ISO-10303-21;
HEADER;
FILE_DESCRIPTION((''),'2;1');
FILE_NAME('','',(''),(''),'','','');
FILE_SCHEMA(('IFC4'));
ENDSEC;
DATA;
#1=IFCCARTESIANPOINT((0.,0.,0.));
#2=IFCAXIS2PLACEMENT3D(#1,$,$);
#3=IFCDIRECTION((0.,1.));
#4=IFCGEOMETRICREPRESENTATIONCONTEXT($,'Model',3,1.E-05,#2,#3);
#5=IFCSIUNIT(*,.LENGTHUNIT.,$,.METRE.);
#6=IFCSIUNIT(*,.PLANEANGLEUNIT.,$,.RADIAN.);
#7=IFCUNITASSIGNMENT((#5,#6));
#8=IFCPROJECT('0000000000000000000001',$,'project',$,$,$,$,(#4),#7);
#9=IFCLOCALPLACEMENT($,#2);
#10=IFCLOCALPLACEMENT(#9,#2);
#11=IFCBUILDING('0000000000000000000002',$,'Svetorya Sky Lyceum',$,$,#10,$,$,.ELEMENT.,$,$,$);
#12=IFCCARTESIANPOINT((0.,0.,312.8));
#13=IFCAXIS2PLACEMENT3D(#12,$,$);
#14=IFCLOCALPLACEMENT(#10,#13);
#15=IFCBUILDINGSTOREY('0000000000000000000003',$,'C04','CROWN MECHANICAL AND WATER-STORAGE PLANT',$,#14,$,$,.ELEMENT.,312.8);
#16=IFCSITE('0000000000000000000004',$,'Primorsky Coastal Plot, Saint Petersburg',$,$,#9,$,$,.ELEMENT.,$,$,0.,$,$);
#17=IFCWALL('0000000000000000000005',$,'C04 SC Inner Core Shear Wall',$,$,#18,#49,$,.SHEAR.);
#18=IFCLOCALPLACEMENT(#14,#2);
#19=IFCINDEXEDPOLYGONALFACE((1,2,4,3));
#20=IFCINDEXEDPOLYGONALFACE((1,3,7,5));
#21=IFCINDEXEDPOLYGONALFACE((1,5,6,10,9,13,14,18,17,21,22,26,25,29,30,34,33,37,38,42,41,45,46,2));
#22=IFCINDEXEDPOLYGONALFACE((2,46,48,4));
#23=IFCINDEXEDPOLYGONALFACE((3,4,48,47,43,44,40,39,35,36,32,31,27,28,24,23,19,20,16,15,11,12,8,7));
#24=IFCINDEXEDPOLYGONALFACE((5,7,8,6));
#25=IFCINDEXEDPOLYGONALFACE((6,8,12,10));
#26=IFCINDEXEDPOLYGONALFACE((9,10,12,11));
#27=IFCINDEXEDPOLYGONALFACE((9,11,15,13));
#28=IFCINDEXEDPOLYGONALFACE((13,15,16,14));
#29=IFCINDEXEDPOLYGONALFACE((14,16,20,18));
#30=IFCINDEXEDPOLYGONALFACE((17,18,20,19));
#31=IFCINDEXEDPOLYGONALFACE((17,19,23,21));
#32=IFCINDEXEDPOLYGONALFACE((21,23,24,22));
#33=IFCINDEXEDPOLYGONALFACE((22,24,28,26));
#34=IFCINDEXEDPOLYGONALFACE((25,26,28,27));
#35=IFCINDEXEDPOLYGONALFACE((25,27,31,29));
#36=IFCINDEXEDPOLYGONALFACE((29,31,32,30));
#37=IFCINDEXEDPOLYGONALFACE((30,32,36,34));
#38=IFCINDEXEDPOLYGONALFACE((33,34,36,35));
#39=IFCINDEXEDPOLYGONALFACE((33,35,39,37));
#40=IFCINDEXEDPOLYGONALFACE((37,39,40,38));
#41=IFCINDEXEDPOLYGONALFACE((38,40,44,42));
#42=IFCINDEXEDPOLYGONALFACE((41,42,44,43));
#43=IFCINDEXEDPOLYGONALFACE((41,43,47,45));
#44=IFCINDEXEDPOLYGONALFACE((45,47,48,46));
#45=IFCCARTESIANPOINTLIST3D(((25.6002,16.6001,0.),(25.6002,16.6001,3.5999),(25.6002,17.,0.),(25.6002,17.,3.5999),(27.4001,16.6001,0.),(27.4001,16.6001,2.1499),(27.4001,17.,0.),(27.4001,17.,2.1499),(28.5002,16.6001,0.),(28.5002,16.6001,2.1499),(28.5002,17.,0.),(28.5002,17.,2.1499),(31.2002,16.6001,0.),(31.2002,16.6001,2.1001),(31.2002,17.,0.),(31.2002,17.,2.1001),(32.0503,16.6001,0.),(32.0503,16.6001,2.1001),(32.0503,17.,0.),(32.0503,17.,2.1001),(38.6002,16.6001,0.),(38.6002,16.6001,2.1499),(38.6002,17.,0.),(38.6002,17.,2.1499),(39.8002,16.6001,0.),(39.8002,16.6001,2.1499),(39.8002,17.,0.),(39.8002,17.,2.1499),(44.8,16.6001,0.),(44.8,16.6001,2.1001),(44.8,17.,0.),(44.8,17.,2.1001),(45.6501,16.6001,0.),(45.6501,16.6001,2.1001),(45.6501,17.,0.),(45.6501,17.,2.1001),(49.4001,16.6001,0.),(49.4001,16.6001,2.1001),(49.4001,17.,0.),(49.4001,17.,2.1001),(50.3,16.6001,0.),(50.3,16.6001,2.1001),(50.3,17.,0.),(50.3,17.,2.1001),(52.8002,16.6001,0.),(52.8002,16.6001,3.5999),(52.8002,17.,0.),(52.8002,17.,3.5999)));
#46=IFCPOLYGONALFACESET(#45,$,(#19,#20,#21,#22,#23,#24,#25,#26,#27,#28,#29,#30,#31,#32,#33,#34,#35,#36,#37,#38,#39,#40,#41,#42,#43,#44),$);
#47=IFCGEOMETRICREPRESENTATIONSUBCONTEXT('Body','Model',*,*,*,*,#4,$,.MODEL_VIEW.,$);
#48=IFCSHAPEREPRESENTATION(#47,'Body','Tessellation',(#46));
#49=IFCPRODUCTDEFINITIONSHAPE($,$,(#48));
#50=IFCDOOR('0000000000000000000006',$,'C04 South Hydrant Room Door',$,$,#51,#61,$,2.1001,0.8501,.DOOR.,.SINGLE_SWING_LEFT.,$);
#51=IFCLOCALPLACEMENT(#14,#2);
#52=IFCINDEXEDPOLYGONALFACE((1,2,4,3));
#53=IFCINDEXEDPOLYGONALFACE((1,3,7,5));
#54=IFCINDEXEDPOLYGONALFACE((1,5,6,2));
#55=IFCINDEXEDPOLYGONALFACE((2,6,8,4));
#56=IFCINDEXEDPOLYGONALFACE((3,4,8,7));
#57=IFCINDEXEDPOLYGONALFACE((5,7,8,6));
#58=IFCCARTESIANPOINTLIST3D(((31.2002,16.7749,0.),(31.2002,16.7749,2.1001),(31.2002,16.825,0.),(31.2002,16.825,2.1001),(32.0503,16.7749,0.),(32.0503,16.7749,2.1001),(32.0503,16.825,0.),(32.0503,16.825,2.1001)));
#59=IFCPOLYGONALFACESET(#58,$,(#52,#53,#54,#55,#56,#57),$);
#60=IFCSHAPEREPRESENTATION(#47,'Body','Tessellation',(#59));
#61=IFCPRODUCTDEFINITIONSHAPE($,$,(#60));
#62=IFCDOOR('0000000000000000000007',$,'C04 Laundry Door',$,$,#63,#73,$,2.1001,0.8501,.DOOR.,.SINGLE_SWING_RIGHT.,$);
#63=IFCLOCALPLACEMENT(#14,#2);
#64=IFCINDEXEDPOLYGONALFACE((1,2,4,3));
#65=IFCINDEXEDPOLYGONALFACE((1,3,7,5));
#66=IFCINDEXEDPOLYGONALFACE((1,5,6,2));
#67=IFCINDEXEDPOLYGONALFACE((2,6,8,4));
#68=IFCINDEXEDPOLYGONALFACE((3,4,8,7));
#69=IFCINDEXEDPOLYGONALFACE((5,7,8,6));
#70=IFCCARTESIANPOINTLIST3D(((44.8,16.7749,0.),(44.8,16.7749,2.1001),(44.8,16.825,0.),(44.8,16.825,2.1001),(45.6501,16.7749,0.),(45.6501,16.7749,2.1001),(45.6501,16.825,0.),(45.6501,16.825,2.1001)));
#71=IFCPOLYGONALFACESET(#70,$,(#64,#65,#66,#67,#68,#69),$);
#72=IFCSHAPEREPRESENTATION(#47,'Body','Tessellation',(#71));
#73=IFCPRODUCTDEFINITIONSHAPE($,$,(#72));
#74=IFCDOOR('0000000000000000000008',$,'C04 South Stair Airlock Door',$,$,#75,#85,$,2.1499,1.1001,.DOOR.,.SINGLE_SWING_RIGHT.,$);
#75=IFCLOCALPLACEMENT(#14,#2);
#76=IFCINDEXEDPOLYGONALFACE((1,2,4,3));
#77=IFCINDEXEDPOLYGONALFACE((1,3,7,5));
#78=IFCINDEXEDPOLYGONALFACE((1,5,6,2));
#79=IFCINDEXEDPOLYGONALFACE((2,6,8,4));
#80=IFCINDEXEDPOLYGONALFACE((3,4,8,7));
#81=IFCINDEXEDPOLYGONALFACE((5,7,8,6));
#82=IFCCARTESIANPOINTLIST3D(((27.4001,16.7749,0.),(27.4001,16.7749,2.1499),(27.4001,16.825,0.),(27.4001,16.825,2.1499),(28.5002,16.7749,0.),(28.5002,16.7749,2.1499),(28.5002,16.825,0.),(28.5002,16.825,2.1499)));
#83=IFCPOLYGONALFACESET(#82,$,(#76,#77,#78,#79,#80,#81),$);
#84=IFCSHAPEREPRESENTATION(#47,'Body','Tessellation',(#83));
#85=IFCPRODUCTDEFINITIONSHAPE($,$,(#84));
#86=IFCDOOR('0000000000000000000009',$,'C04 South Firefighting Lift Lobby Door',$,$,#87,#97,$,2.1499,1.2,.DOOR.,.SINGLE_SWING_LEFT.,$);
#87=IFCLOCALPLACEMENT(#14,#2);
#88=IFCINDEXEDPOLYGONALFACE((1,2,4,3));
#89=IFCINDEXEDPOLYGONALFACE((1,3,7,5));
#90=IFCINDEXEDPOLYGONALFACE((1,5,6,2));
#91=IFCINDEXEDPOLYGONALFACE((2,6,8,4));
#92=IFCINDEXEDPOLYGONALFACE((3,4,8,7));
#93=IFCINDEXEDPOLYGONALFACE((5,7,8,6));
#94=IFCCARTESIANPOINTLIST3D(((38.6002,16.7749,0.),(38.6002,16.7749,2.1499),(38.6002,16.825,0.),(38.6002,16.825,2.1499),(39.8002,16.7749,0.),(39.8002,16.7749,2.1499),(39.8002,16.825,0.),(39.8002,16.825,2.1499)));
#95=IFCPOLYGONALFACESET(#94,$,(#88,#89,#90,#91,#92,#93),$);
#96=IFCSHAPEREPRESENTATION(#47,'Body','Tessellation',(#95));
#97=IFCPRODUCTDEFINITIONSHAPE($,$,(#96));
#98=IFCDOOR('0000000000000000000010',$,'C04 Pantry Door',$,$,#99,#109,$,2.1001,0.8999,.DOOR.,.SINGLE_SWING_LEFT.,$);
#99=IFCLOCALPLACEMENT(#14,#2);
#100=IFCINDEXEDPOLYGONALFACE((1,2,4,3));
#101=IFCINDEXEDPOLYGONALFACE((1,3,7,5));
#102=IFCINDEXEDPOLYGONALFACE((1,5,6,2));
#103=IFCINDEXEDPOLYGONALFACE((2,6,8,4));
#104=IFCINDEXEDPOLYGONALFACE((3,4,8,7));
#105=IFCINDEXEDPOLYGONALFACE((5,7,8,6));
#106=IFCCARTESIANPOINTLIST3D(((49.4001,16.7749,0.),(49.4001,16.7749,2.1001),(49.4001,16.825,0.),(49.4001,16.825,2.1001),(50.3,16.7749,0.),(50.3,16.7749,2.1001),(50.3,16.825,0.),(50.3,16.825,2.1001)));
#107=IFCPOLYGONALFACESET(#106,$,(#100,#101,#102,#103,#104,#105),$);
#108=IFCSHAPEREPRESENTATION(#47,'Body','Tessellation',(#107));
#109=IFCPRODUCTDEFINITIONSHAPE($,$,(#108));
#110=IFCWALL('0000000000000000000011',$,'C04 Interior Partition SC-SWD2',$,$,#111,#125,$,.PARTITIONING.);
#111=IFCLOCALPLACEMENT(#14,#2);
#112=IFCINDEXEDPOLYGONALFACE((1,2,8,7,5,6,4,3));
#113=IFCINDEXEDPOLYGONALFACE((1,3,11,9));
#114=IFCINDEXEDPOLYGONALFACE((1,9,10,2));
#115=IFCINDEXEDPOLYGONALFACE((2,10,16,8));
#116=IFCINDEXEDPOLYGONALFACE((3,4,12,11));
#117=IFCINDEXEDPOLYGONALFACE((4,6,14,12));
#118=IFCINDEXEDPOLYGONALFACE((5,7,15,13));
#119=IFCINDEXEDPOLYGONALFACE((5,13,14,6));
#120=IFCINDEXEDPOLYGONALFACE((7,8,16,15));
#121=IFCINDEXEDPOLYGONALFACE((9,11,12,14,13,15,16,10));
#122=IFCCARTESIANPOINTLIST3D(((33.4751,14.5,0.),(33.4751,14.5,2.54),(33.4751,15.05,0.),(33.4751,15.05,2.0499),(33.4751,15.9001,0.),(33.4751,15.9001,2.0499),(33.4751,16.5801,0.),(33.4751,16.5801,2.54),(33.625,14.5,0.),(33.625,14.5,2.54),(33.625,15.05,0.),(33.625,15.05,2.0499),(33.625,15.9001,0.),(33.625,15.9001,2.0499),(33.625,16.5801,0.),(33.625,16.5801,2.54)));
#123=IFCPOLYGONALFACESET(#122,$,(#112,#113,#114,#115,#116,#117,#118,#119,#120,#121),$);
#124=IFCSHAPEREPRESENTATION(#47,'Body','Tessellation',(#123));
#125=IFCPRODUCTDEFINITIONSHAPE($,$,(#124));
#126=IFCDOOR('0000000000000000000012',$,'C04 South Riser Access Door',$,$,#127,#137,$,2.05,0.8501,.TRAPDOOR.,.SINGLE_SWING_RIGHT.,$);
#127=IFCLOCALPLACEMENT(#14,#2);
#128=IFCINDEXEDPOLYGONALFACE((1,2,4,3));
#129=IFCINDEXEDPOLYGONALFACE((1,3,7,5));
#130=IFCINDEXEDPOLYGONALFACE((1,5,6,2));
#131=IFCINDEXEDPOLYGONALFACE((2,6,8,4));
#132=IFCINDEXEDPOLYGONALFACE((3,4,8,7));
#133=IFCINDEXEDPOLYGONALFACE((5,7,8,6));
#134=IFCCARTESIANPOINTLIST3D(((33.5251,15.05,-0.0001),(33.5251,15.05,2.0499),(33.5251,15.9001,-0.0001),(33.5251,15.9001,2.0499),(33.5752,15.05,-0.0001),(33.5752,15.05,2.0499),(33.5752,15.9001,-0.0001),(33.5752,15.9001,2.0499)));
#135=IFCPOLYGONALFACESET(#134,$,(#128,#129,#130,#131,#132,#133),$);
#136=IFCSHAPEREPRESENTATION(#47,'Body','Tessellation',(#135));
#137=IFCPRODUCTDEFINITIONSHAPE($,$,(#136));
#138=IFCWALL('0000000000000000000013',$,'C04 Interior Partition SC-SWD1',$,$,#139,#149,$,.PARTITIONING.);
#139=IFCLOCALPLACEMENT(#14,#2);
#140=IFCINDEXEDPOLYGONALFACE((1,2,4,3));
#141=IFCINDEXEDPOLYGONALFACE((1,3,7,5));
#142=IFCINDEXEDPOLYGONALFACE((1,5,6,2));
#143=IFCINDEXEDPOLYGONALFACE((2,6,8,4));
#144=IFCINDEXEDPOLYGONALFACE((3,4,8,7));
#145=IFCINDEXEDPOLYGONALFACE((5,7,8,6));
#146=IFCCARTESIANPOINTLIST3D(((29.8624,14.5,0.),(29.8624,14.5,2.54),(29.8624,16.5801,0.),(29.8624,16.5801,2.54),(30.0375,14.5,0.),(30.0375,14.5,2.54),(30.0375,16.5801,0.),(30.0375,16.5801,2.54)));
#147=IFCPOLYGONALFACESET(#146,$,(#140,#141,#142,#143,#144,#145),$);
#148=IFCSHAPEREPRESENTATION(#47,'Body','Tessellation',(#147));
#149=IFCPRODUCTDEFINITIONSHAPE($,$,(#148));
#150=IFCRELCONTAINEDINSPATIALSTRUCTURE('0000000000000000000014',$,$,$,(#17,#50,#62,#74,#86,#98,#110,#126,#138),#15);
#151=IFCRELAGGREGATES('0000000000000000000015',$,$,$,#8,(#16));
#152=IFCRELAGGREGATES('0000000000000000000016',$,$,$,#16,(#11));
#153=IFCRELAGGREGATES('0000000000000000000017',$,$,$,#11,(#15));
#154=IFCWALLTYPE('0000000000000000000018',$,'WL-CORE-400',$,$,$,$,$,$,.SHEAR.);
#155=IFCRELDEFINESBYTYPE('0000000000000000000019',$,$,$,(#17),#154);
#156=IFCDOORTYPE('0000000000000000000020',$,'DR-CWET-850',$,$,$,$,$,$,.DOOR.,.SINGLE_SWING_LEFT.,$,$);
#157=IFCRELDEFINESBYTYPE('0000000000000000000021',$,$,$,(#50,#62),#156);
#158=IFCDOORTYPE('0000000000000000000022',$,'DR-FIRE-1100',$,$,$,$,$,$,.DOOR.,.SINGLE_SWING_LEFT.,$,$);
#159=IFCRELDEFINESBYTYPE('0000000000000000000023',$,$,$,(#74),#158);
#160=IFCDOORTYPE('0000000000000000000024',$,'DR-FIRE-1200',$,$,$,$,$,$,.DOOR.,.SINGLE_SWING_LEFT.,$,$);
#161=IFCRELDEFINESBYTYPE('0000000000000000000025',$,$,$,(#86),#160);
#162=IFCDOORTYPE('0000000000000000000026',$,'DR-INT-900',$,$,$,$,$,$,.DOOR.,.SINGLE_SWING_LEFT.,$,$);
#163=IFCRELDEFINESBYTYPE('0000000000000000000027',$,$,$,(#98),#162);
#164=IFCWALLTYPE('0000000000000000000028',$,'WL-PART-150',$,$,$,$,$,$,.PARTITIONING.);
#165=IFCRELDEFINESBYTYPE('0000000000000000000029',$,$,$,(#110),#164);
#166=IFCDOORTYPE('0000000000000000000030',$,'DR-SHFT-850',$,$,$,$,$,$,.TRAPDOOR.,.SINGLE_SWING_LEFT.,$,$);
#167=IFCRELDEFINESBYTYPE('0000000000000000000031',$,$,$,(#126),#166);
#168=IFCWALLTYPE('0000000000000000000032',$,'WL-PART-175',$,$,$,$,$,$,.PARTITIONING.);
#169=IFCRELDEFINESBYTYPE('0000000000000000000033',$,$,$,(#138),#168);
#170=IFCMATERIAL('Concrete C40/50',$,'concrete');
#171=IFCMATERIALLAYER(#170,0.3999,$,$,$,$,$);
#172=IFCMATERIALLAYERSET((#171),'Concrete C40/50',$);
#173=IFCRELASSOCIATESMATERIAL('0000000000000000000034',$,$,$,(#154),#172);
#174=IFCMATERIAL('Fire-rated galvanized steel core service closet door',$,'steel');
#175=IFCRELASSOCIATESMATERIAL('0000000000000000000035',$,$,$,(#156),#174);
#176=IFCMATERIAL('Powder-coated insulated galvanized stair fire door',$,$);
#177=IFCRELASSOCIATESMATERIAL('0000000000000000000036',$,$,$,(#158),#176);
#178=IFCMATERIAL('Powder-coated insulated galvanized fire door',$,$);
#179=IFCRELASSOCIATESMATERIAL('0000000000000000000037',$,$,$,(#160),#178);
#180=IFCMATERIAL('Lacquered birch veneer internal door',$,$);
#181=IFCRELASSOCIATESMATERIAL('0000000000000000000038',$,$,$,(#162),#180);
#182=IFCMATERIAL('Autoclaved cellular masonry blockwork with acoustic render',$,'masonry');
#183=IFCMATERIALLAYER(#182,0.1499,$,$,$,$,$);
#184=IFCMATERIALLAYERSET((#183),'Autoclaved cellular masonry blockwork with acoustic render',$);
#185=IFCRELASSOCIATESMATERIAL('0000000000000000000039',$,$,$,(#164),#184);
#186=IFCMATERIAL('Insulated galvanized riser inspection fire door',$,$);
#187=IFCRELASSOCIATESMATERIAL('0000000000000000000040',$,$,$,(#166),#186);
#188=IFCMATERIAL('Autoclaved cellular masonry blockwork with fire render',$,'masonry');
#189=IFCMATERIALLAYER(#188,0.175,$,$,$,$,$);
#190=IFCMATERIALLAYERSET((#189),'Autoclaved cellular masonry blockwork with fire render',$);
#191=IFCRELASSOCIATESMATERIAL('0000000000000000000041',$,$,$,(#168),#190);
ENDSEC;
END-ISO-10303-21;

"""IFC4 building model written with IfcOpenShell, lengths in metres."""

from ifc_helpers import new_model, si_unit, direction, frame, frame_2d, origin, place, context, subcontext, project, spatial, rectangle, extrude, material, layer, layer_set, type_object, element, fill, save


model = new_model("IFC4")

# Units and contexts
model_context = context("Model", 3, precision=1e-05, world=origin(), true_north=direction((0.0, 1.0)))
body_context = subcontext(model_context, "Body", "Model", "MODEL_VIEW")
ifc_project = project(units=[si_unit("LENGTHUNIT", "METRE"), si_unit("PLANEANGLEUNIT", "RADIAN")], contexts=[model_context])

# Site, building, storey
site_placement = place(None, origin())
site = spatial("IfcSite", under=ifc_project, at=site_placement, Name="Primorsky Coastal Plot, Saint Petersburg", CompositionType="ELEMENT", RefElevation=0.0)
building_placement = place(site_placement, origin())
building = spatial("IfcBuilding", under=site, at=building_placement, Name="Svetorya Sky Lyceum", CompositionType="ELEMENT")
storey_placement = place(building_placement, frame((0.0, 0.0, 312.8)))
storey = spatial("IfcBuildingStorey", under=building, at=storey_placement, Name="C04", Description="CROWN MECHANICAL AND WATER-STORAGE PLANT", CompositionType="ELEMENT", Elevation=312.8)

# Shared definitions
ifc_material_1 = material(Name="Concrete C40/50", Category="concrete")

# Wall, openings, doors
ifc_layer_1 = layer(ifc_material_1, 0.3999)
ifc_layer_set_1 = layer_set([ifc_layer_1], Name="Concrete C40/50")
wall_type_1 = type_object("IfcWallType", Name="WL-CORE-400", PredefinedType="SHEAR", material=ifc_layer_set_1)
wall_1_placement = place(storey_placement, frame((25.6001, 16.8, 0.0), z_axis=(0.0, 0.0, 1.0), x_axis=(1.0, 0.0, 0.0)))
wall_1 = element("IfcWall", 1, at=wall_1_placement, inside=storey, type_object=wall_type_1, Name="C04 SC Inner Core Shear Wall", PredefinedType="SHEAR", context=body_context, shape_type="SweptSolid", body=[
    extrude(rectangle(XDim=27.2, YDim=0.3999, at=frame_2d((13.6001, 0.0))), origin(), (0.0, 0.0, 1.0), 3.5999),
])
opening_1_placement = place(wall_1_placement, frame((1.8, 0.0, 0.0)))
opening_1 = element("IfcOpeningElement", 2, at=opening_1_placement, cuts=wall_1, PredefinedType="OPENING", context=body_context, shape_type="SweptSolid", body=[
    extrude(rectangle(XDim=1.1001, YDim=2.1499, at=frame_2d((0.55, 1.075))), frame((0.0, 0.21, 0.0), z_axis=(0.0, -1.0, 0.0), x_axis=(1.0, 0.0, 0.0)), (0.0, 0.0, 1.0), 0.4199),
])
opening_2_placement = place(wall_1_placement, frame((5.6001, 0.0, 0.0)))
opening_2 = element("IfcOpeningElement", 3, at=opening_2_placement, cuts=wall_1, PredefinedType="OPENING", context=body_context, shape_type="SweptSolid", body=[
    extrude(rectangle(XDim=0.8501, YDim=2.1001, at=frame_2d((0.425, 1.05))), frame((0.0, 0.21, 0.0), z_axis=(0.0, -1.0, 0.0), x_axis=(1.0, 0.0, 0.0)), (0.0, 0.0, 1.0), 0.4199),
])
opening_3_placement = place(wall_1_placement, frame((13.0, 0.0, 0.0)))
opening_3 = element("IfcOpeningElement", 4, at=opening_3_placement, cuts=wall_1, PredefinedType="OPENING", context=body_context, shape_type="SweptSolid", body=[
    extrude(rectangle(XDim=1.2, YDim=2.1499, at=frame_2d((0.6001, 1.075))), frame((0.0, 0.21, 0.0), z_axis=(0.0, -1.0, 0.0), x_axis=(1.0, 0.0, 0.0)), (0.0, 0.0, 1.0), 0.4199),
])
opening_4_placement = place(wall_1_placement, frame((19.2, 0.0, 0.0)))
opening_4 = element("IfcOpeningElement", 5, at=opening_4_placement, cuts=wall_1, PredefinedType="OPENING", context=body_context, shape_type="SweptSolid", body=[
    extrude(rectangle(XDim=0.8501, YDim=2.1001, at=frame_2d((0.425, 1.05))), frame((0.0, 0.21, 0.0), z_axis=(0.0, -1.0, 0.0), x_axis=(1.0, 0.0, 0.0)), (0.0, 0.0, 1.0), 0.4199),
])
opening_5_placement = place(wall_1_placement, frame((23.8, 0.0, 0.0)))
opening_5 = element("IfcOpeningElement", 6, at=opening_5_placement, cuts=wall_1, PredefinedType="OPENING", context=body_context, shape_type="SweptSolid", body=[
    extrude(rectangle(XDim=0.8999, YDim=2.1001, at=frame_2d((0.45, 1.05))), frame((0.0, 0.21, 0.0), z_axis=(0.0, -1.0, 0.0), x_axis=(1.0, 0.0, 0.0)), (0.0, 0.0, 1.0), 0.4199),
])
ifc_material_2 = material(Name="Fire-rated galvanized steel core service closet door", Category="steel")
door_type_1 = type_object("IfcDoorType", Name="DR-CWET-850", OperationType="SINGLE_SWING_LEFT", PredefinedType="DOOR", material=ifc_material_2)
door_1_placement = place(opening_2_placement, origin())
door_1 = element("IfcDoor", 7, at=door_1_placement, inside=storey, type_object=door_type_1, Name="C04 South Hydrant Room Door", OperationType="SINGLE_SWING_LEFT", OverallHeight=2.1001, OverallWidth=0.8501, PredefinedType="DOOR", context=body_context, shape_type="SweptSolid", body=[
    extrude(rectangle(XDim=0.8501, YDim=2.1001, at=frame_2d((0.425, 1.05))), frame((0.0, 0.0249, 0.0), z_axis=(0.0, -1.0, 0.0), x_axis=(1.0, 0.0, 0.0)), (0.0, 0.0, 1.0), 0.05),
])
fill(opening_2, door_1)
door_2_placement = place(opening_4_placement, origin())
door_2 = element("IfcDoor", 8, at=door_2_placement, inside=storey, type_object=door_type_1, Name="C04 Laundry Door", OperationType="SINGLE_SWING_RIGHT", OverallHeight=2.1001, OverallWidth=0.8501, PredefinedType="DOOR", context=body_context, shape_type="SweptSolid", body=[
    extrude(rectangle(XDim=0.8501, YDim=2.1001, at=frame_2d((0.425, 1.05))), frame((0.0, 0.0249, 0.0), z_axis=(0.0, -1.0, 0.0), x_axis=(1.0, 0.0, 0.0)), (0.0, 0.0, 1.0), 0.05),
])
fill(opening_4, door_2)
ifc_material_3 = material(Name="Powder-coated insulated galvanized stair fire door")
door_type_2 = type_object("IfcDoorType", Name="DR-FIRE-1100", OperationType="SINGLE_SWING_LEFT", PredefinedType="DOOR", material=ifc_material_3)
door_3_placement = place(opening_1_placement, origin())
door_3 = element("IfcDoor", 9, at=door_3_placement, inside=storey, type_object=door_type_2, Name="C04 South Stair Airlock Door", OperationType="SINGLE_SWING_RIGHT", OverallHeight=2.1499, OverallWidth=1.1001, PredefinedType="DOOR", context=body_context, shape_type="SweptSolid", body=[
    extrude(rectangle(XDim=1.1001, YDim=2.1499, at=frame_2d((0.55, 1.075))), frame((0.0, 0.0249, 0.0), z_axis=(0.0, -1.0, 0.0), x_axis=(1.0, 0.0, 0.0)), (0.0, 0.0, 1.0), 0.05),
])
fill(opening_1, door_3)
ifc_material_4 = material(Name="Powder-coated insulated galvanized fire door")
door_type_3 = type_object("IfcDoorType", Name="DR-FIRE-1200", OperationType="SINGLE_SWING_LEFT", PredefinedType="DOOR", material=ifc_material_4)
door_4_placement = place(opening_3_placement, origin())
door_4 = element("IfcDoor", 10, at=door_4_placement, inside=storey, type_object=door_type_3, Name="C04 South Firefighting Lift Lobby Door", OperationType="SINGLE_SWING_LEFT", OverallHeight=2.1499, OverallWidth=1.2, PredefinedType="DOOR", context=body_context, shape_type="SweptSolid", body=[
    extrude(rectangle(XDim=1.2, YDim=2.1499, at=frame_2d((0.6001, 1.075))), frame((0.0, 0.0249, 0.0), z_axis=(0.0, -1.0, 0.0), x_axis=(1.0, 0.0, 0.0)), (0.0, 0.0, 1.0), 0.05),
])
fill(opening_3, door_4)
ifc_material_5 = material(Name="Lacquered birch veneer internal door")
door_type_4 = type_object("IfcDoorType", Name="DR-INT-900", OperationType="SINGLE_SWING_LEFT", PredefinedType="DOOR", material=ifc_material_5)
door_5_placement = place(opening_5_placement, origin())
door_5 = element("IfcDoor", 11, at=door_5_placement, inside=storey, type_object=door_type_4, Name="C04 Pantry Door", OperationType="SINGLE_SWING_LEFT", OverallHeight=2.1001, OverallWidth=0.8999, PredefinedType="DOOR", context=body_context, shape_type="SweptSolid", body=[
    extrude(rectangle(XDim=0.8999, YDim=2.1001, at=frame_2d((0.45, 1.05))), frame((0.0, 0.0249, 0.0), z_axis=(0.0, -1.0, 0.0), x_axis=(1.0, 0.0, 0.0)), (0.0, 0.0, 1.0), 0.05),
])
fill(opening_5, door_5)

# Wall, opening, door
ifc_material_6 = material(Name="Autoclaved cellular masonry blockwork with acoustic render", Category="masonry")
ifc_layer_2 = layer(ifc_material_6, 0.1499)
ifc_layer_set_2 = layer_set([ifc_layer_2], Name="Autoclaved cellular masonry blockwork with acoustic render")
wall_type_2 = type_object("IfcWallType", Name="WL-PART-150", PredefinedType="PARTITIONING", material=ifc_layer_set_2)
wall_2_placement = place(storey_placement, frame((33.55, 14.5, 0.0), z_axis=(0.0, 0.0, 1.0), x_axis=(0.0, 1.0, 0.0)))
wall_2 = element("IfcWall", 12, at=wall_2_placement, inside=storey, type_object=wall_type_2, Name="C04 Interior Partition SC-SWD2", PredefinedType="PARTITIONING", context=body_context, shape_type="SweptSolid", body=[
    extrude(rectangle(XDim=2.0801, YDim=0.1499, at=frame_2d((1.04, 0.0))), origin(), (0.0, 0.0, 1.0), 2.54),
])
opening_6_placement = place(wall_2_placement, frame((0.55, 0.0, 0.0)))
opening_6 = element("IfcOpeningElement", 13, at=opening_6_placement, cuts=wall_2, PredefinedType="OPENING", context=body_context, shape_type="SweptSolid", body=[
    extrude(rectangle(XDim=0.8501, YDim=2.05, at=frame_2d((0.425, 1.0249))), frame((0.0, 0.085, 0.0), z_axis=(0.0, -1.0, 0.0), x_axis=(1.0, 0.0, 0.0)), (0.0, 0.0, 1.0), 0.1699),
])
ifc_material_7 = material(Name="Insulated galvanized riser inspection fire door")
door_type_5 = type_object("IfcDoorType", Name="DR-SHFT-850", OperationType="SINGLE_SWING_LEFT", PredefinedType="TRAPDOOR", material=ifc_material_7)
door_6_placement = place(opening_6_placement, origin())
door_6 = element("IfcDoor", 14, at=door_6_placement, inside=storey, type_object=door_type_5, Name="C04 South Riser Access Door", OperationType="SINGLE_SWING_RIGHT", OverallHeight=2.05, OverallWidth=0.8501, PredefinedType="TRAPDOOR", context=body_context, shape_type="SweptSolid", body=[
    extrude(rectangle(XDim=0.8501, YDim=2.05, at=frame_2d((0.425, 1.0249))), frame((0.0, 0.0249, 0.0), z_axis=(0.0, -1.0, 0.0), x_axis=(1.0, 0.0, 0.0)), (0.0, 0.0, 1.0), 0.05),
])
fill(opening_6, door_6)

# Wall
ifc_material_8 = material(Name="Autoclaved cellular masonry blockwork with fire render", Category="masonry")
ifc_layer_3 = layer(ifc_material_8, 0.175)
ifc_layer_set_3 = layer_set([ifc_layer_3], Name="Autoclaved cellular masonry blockwork with fire render")
wall_type_3 = type_object("IfcWallType", Name="WL-PART-175", PredefinedType="PARTITIONING", material=ifc_layer_set_3)
wall_3_placement = place(storey_placement, frame((29.95, 14.5, 0.0), z_axis=(0.0, 0.0, 1.0), x_axis=(0.0, 1.0, 0.0)))
element("IfcWall", 15, at=wall_3_placement, inside=storey, type_object=wall_type_3, Name="C04 Interior Partition SC-SWD1", PredefinedType="PARTITIONING", context=body_context, shape_type="SweptSolid", body=[
    extrude(rectangle(XDim=2.0801, YDim=0.175, at=frame_2d((1.04, 0.0))), origin(), (0.0, 0.0, 1.0), 2.54),
])

save(model, "model.ifc")
